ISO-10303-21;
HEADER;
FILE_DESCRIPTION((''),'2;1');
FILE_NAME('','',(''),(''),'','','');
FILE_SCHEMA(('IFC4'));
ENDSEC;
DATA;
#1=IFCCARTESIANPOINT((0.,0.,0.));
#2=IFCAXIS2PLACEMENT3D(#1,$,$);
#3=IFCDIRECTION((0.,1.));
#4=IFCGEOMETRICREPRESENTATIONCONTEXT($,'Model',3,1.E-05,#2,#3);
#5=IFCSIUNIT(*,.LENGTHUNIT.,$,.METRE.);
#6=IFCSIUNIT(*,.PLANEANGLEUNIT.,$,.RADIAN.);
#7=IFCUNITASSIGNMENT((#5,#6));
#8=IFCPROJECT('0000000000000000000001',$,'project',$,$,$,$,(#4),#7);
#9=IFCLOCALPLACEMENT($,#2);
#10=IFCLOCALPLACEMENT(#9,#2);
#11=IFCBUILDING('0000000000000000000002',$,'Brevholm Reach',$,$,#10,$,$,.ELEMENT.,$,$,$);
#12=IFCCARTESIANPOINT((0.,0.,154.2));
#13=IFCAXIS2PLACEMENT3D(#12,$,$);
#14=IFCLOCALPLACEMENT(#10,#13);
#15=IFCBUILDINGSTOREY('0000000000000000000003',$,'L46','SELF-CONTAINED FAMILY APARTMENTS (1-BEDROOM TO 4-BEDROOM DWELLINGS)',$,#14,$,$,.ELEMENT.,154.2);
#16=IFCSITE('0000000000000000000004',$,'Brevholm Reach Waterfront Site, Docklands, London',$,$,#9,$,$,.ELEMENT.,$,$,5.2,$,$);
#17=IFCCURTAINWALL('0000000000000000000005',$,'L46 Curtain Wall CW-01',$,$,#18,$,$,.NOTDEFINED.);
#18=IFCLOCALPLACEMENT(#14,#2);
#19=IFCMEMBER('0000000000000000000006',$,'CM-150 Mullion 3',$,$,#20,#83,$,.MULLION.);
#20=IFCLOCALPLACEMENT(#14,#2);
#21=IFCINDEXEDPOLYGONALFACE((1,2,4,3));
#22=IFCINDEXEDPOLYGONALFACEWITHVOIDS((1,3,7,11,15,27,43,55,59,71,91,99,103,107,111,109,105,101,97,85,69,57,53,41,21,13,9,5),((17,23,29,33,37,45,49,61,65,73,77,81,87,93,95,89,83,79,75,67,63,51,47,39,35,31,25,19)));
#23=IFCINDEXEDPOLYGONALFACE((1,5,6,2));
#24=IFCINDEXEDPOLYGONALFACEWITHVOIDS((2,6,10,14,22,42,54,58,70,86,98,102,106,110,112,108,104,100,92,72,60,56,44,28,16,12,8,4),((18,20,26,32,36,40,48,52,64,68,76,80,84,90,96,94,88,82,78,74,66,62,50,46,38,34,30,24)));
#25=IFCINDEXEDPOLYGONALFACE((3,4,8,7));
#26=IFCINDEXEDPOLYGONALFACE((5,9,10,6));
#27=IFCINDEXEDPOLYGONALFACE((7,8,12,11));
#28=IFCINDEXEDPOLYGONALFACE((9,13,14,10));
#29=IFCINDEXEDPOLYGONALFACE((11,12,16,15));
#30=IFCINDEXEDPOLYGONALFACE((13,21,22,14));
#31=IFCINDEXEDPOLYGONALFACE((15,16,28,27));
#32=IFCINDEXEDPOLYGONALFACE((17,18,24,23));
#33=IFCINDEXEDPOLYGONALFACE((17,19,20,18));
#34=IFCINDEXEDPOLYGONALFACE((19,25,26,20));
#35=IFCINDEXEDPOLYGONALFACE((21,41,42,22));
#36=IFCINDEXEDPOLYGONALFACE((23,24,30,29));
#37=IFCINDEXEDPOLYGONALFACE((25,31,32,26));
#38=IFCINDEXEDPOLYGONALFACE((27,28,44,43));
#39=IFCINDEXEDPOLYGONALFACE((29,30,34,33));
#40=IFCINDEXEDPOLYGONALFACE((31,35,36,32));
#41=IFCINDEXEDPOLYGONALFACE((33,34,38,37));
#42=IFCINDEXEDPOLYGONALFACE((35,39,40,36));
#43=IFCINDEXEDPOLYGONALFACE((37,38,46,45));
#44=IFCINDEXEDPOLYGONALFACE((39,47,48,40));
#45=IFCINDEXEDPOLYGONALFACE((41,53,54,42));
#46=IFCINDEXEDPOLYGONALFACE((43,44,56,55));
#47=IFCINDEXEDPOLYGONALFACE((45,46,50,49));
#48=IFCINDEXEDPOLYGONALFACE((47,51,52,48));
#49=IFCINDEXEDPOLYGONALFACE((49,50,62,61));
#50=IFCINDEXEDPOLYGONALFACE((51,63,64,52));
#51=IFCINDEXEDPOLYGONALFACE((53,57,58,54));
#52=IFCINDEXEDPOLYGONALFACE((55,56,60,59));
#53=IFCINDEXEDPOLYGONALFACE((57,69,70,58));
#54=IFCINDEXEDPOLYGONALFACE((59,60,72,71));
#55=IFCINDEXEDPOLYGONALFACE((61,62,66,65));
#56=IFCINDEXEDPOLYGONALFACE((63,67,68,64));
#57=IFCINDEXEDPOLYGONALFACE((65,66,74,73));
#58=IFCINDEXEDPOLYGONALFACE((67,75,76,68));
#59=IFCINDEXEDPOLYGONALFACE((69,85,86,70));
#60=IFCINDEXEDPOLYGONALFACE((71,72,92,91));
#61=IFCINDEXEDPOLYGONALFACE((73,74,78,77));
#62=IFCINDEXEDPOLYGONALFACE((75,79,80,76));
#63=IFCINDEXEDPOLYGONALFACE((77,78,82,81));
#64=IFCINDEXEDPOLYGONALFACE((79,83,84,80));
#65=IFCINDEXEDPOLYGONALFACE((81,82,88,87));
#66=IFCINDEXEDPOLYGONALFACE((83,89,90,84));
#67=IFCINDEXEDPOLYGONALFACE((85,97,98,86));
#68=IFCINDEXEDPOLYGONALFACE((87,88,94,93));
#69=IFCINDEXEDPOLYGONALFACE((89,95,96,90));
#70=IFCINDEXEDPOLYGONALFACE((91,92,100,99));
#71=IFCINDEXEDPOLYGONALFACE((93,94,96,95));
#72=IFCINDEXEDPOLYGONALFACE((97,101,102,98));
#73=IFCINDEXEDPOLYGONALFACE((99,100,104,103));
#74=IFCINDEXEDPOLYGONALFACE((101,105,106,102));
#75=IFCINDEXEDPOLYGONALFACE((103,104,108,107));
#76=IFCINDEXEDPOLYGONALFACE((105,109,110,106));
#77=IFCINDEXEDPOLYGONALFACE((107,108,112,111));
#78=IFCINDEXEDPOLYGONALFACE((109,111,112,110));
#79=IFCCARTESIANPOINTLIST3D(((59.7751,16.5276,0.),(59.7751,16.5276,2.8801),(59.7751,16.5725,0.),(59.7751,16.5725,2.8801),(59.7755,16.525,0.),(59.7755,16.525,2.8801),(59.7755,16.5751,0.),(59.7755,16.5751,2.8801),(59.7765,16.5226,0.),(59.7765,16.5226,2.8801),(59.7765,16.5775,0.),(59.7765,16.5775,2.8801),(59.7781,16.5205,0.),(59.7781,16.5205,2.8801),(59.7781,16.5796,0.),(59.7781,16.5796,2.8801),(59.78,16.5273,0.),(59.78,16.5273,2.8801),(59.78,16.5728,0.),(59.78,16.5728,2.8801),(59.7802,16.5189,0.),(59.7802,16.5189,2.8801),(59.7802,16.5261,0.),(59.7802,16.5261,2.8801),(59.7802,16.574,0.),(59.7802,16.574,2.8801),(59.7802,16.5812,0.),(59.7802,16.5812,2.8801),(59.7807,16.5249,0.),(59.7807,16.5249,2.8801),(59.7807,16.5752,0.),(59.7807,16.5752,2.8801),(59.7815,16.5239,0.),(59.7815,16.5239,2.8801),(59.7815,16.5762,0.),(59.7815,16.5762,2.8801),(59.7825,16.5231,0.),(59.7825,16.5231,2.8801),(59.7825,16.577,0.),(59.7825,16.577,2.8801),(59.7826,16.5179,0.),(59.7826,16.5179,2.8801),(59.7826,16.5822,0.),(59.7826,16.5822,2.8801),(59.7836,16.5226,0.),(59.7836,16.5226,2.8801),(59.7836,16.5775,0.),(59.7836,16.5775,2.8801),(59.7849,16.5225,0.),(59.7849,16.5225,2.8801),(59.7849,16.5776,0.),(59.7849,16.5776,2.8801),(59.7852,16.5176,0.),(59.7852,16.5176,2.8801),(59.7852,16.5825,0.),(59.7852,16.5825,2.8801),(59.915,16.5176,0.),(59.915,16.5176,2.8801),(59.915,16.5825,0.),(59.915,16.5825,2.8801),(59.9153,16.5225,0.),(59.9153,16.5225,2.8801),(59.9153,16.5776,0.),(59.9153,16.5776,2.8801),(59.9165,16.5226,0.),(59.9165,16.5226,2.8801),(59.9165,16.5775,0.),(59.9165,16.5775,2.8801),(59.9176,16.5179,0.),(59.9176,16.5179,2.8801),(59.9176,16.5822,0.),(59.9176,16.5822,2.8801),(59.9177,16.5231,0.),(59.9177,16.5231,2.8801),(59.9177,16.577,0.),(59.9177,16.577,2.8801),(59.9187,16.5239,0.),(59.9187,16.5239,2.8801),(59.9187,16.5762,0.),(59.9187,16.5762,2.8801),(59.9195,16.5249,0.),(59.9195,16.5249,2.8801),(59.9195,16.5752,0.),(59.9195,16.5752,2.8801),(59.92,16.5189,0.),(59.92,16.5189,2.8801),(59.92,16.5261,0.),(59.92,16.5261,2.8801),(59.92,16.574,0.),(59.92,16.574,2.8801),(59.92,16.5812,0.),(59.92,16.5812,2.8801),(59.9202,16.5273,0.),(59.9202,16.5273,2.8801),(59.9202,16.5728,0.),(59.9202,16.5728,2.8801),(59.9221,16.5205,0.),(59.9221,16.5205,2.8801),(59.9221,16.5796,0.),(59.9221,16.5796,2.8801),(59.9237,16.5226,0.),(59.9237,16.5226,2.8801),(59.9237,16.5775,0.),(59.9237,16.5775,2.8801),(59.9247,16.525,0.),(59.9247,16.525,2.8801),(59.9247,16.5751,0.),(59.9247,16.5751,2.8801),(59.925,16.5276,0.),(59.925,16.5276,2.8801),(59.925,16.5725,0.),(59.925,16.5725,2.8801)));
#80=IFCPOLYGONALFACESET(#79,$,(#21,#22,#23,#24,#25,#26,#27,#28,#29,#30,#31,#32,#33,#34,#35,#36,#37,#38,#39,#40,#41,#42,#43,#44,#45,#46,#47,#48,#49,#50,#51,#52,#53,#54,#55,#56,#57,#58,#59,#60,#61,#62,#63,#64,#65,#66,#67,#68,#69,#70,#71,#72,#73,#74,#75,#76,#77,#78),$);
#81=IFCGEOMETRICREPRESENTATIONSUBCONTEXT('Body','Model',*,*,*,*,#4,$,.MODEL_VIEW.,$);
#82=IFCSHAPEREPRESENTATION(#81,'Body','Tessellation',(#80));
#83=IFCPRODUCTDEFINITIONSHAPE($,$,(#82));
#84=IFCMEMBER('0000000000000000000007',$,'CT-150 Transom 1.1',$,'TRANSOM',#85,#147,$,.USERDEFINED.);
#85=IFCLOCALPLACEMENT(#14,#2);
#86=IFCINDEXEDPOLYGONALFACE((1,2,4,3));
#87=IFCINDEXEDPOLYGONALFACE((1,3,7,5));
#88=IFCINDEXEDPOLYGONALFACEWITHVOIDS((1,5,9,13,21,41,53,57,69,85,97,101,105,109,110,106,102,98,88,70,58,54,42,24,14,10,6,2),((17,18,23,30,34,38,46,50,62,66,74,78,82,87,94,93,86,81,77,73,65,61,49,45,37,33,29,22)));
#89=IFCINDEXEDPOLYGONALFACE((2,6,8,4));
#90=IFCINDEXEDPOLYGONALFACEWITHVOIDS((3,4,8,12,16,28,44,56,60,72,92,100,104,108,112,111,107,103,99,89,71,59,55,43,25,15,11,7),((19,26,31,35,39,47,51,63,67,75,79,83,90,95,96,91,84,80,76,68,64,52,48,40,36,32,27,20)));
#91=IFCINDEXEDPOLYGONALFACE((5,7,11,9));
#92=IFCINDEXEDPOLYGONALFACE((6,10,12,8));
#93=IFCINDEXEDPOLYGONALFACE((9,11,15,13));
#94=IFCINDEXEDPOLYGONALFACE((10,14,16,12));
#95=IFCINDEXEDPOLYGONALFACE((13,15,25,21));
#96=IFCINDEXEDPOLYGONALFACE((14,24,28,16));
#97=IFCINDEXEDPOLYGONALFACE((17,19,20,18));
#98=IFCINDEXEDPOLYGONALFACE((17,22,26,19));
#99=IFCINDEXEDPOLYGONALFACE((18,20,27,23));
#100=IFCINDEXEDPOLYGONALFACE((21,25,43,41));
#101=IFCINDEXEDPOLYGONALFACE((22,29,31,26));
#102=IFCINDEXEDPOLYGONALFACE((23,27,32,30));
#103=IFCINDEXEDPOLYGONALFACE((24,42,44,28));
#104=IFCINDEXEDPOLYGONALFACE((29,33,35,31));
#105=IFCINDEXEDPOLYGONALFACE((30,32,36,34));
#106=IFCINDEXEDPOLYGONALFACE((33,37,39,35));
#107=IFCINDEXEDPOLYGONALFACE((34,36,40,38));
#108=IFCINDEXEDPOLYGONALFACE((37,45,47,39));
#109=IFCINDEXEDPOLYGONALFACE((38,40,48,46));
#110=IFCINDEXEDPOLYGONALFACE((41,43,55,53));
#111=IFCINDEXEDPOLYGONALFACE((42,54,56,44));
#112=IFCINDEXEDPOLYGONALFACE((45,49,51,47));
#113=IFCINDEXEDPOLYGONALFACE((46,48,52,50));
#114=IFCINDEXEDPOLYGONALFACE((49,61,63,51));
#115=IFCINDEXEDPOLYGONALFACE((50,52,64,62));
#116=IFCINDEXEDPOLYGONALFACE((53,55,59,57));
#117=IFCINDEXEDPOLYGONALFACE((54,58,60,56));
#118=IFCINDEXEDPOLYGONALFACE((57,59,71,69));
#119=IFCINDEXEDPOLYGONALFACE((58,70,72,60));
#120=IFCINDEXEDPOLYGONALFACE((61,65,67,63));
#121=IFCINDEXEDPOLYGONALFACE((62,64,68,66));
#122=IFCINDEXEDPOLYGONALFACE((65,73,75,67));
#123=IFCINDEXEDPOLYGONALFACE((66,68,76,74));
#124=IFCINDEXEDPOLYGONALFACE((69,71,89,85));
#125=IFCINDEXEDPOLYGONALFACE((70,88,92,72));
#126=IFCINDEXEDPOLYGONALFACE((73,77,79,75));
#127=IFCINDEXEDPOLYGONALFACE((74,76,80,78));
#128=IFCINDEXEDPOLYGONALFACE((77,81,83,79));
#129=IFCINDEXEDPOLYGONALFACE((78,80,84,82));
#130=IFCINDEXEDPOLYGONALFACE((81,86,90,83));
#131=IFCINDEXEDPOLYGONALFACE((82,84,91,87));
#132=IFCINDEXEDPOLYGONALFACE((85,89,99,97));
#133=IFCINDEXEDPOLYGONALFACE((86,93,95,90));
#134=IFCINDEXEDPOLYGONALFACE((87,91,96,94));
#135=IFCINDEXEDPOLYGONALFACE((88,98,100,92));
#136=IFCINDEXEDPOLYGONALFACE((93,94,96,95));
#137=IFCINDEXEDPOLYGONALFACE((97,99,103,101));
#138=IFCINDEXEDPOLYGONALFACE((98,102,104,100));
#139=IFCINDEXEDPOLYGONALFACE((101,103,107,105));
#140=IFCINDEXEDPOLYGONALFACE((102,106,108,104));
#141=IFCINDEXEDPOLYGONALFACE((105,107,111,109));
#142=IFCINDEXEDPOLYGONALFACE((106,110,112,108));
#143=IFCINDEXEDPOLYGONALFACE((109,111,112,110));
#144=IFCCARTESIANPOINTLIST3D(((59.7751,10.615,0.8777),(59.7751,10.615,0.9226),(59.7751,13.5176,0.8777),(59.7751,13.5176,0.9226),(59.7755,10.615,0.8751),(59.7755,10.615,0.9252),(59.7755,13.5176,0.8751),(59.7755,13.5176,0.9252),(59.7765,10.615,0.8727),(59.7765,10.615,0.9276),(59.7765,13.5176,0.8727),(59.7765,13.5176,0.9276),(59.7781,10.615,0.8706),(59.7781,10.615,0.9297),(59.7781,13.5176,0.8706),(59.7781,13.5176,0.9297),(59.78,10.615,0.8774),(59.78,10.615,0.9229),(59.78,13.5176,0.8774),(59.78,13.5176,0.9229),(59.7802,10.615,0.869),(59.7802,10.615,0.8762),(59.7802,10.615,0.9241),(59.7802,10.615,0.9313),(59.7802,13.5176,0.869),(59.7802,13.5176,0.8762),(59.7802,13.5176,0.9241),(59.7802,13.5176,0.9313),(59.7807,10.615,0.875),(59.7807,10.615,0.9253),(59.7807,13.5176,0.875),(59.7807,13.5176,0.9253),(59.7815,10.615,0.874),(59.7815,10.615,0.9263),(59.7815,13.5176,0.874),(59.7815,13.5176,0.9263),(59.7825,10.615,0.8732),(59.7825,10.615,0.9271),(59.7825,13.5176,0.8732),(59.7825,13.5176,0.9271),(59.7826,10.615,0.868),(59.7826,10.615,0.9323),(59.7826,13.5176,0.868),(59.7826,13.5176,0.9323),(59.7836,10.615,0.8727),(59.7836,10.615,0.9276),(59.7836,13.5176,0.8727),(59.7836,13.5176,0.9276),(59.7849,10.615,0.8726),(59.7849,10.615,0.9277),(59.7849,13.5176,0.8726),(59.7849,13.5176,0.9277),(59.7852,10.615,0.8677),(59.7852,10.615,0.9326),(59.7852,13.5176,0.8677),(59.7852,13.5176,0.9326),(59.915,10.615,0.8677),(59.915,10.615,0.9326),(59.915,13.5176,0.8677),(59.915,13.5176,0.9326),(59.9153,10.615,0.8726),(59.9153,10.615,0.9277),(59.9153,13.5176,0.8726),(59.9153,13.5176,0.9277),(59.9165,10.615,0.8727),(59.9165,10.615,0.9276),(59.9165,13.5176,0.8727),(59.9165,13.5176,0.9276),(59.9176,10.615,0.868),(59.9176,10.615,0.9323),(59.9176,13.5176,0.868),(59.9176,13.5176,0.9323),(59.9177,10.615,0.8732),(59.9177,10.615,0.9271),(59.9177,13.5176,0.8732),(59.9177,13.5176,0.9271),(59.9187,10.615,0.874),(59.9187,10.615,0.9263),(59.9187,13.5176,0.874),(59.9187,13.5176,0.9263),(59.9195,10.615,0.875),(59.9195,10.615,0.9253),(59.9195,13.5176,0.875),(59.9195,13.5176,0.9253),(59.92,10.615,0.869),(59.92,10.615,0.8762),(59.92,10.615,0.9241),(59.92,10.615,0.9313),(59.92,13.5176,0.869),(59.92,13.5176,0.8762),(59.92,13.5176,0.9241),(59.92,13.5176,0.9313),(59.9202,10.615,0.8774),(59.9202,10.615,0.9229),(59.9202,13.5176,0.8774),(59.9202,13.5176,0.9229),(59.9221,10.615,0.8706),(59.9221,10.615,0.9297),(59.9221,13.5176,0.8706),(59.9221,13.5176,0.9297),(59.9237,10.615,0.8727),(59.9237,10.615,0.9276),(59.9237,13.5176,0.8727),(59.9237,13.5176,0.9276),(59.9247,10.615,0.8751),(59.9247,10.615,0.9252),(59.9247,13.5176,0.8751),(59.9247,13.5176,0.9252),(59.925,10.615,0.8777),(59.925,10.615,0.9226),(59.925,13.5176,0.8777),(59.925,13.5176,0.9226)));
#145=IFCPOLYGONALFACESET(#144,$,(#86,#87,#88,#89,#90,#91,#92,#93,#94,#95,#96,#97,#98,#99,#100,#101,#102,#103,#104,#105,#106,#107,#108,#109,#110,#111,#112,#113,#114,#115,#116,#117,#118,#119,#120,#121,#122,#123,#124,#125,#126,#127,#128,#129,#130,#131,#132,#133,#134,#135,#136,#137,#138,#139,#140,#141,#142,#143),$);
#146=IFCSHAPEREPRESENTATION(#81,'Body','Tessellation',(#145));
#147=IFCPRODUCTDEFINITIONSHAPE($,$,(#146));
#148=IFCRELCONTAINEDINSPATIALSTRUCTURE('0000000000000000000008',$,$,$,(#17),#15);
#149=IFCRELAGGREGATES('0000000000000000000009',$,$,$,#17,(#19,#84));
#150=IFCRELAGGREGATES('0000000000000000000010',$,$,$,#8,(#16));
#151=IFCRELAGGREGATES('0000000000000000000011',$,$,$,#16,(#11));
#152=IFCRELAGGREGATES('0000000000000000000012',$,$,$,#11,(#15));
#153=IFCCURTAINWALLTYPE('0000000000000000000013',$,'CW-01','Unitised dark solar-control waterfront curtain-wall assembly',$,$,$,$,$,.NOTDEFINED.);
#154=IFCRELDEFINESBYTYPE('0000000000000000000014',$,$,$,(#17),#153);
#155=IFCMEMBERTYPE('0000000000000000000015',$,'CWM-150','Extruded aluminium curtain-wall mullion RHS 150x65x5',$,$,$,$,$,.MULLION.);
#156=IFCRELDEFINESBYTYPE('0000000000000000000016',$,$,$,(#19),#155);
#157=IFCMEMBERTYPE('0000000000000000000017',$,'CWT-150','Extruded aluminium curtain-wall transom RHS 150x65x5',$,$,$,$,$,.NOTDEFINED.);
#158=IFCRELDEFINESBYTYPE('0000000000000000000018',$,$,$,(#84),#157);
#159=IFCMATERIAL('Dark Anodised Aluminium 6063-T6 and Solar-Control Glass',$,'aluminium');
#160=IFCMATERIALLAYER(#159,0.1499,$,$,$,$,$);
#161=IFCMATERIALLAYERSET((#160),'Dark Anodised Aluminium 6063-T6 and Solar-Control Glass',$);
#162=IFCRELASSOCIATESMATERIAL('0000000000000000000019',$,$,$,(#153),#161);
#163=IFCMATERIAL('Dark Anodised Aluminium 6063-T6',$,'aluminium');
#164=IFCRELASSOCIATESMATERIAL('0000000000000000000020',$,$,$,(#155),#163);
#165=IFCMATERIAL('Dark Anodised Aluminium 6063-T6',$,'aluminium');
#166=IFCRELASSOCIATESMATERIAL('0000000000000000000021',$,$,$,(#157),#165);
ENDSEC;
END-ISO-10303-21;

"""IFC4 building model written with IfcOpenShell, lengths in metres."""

from ifc_helpers import new_model, si_unit, direction, frame, origin, origin_2d, place, context, subcontext, project, spatial, hollow_rectangle, extrude, material, layer, layer_set, material_profile, profile_set, type_object, element, aggregate, save


model = new_model("IFC4")

# Units and contexts
model_context = context("Model", 3, precision=1e-05, world=origin(), true_north=direction((0.0, 1.0)))
body_context = subcontext(model_context, "Body", "Model", "MODEL_VIEW")
ifc_project = project(units=[si_unit("LENGTHUNIT", "METRE"), si_unit("PLANEANGLEUNIT", "RADIAN")], contexts=[model_context])

# Site, building, storey
site_placement = place(None, origin())
site = spatial("IfcSite", under=ifc_project, at=site_placement, Name="Brevholm Reach Waterfront Site, Docklands, London", CompositionType="ELEMENT", RefElevation=5.2)
building_placement = place(site_placement, origin())
building = spatial("IfcBuilding", under=site, at=building_placement, Name="Brevholm Reach", CompositionType="ELEMENT")
storey_placement = place(building_placement, frame((0.0, 0.0, 154.2)))
storey = spatial("IfcBuildingStorey", under=building, at=storey_placement, Name="L46", Description="SELF-CONTAINED FAMILY APARTMENTS (1-BEDROOM TO 4-BEDROOM DWELLINGS)", CompositionType="ELEMENT", Elevation=154.2)

# Curtain wall, members
ifc_material_1 = material(Name="Dark Anodised Aluminium 6063-T6 and Solar-Control Glass", Category="aluminium")
ifc_layer_1 = layer(ifc_material_1, 0.1499)
ifc_layer_set_1 = layer_set([ifc_layer_1], Name="Dark Anodised Aluminium 6063-T6 and Solar-Control Glass")
curtain_wall_type = type_object("IfcCurtainWallType", Name="CW-01", Description="Unitised dark solar-control waterfront curtain-wall assembly", PredefinedType="NOTDEFINED", material=ifc_layer_set_1)
curtain_wall_placement = place(storey_placement, origin())
curtain_wall = element("IfcCurtainWall", 1, at=curtain_wall_placement, inside=storey, type_object=curtain_wall_type, Name="L46 Curtain Wall CW-01", PredefinedType="NOTDEFINED")
ifc_material_2 = material(Name="Dark Anodised Aluminium 6063-T6", Category="aluminium")
ifc_material_profile_1 = material_profile(ifc_material_2, hollow_rectangle(XDim=0.0649, YDim=0.1499, WallThickness=0.0049, InnerFilletRadius=0.0049, OuterFilletRadius=0.01, at=origin_2d()), Name="RHS 150x65x5")
ifc_profile_set_1 = profile_set([ifc_material_profile_1], Name="Dark Anodised Aluminium 6063-T6")
member_type_1 = type_object("IfcMemberType", Name="CWM-150", Description="Extruded aluminium curtain-wall mullion RHS 150x65x5", PredefinedType="MULLION", material=ifc_profile_set_1)
member_1_placement = place(storey_placement, frame((59.8501, 16.55, 0.0), z_axis=(0.0, 0.0, 1.0), x_axis=(0.0, 1.0, 0.0)))
member_1 = element("IfcMember", 2, at=member_1_placement, type_object=member_type_1, Name="CM-150 Mullion 3", PredefinedType="MULLION", context=body_context, shape_type="SweptSolid", body=[
    extrude(hollow_rectangle(XDim=0.0649, YDim=0.1499, WallThickness=0.0049, InnerFilletRadius=0.0049, OuterFilletRadius=0.01, at=origin_2d()), origin(), (0.0, 0.0, 1.0), 2.8801),
])
ifc_material_3 = material(Name="Dark Anodised Aluminium 6063-T6", Category="aluminium")
ifc_material_profile_2 = material_profile(ifc_material_3, hollow_rectangle(XDim=0.0649, YDim=0.1499, WallThickness=0.0049, InnerFilletRadius=0.0049, OuterFilletRadius=0.01, at=origin_2d()), Name="RHS 150x65x5")
ifc_profile_set_2 = profile_set([ifc_material_profile_2], Name="Dark Anodised Aluminium 6063-T6")
member_type_2 = type_object("IfcMemberType", Name="CWT-150", Description="Extruded aluminium curtain-wall transom RHS 150x65x5", PredefinedType="NOTDEFINED", material=ifc_profile_set_2)
member_2_placement = place(storey_placement, frame((59.8501, 10.615, 0.9001), z_axis=(0.0, 1.0, 0.0), x_axis=(0.0, 0.0, 1.0)))
member_2 = element("IfcMember", 3, at=member_2_placement, type_object=member_type_2, Name="CT-150 Transom 1.1", ObjectType="TRANSOM", PredefinedType="USERDEFINED", context=body_context, shape_type="SweptSolid", body=[
    extrude(hollow_rectangle(XDim=0.0649, YDim=0.1499, WallThickness=0.0049, InnerFilletRadius=0.0049, OuterFilletRadius=0.01, at=origin_2d()), origin(), (0.0, 0.0, 1.0), 2.9026),
])
aggregate(curtain_wall, [member_1, member_2])

save(model, "model.ifc")
